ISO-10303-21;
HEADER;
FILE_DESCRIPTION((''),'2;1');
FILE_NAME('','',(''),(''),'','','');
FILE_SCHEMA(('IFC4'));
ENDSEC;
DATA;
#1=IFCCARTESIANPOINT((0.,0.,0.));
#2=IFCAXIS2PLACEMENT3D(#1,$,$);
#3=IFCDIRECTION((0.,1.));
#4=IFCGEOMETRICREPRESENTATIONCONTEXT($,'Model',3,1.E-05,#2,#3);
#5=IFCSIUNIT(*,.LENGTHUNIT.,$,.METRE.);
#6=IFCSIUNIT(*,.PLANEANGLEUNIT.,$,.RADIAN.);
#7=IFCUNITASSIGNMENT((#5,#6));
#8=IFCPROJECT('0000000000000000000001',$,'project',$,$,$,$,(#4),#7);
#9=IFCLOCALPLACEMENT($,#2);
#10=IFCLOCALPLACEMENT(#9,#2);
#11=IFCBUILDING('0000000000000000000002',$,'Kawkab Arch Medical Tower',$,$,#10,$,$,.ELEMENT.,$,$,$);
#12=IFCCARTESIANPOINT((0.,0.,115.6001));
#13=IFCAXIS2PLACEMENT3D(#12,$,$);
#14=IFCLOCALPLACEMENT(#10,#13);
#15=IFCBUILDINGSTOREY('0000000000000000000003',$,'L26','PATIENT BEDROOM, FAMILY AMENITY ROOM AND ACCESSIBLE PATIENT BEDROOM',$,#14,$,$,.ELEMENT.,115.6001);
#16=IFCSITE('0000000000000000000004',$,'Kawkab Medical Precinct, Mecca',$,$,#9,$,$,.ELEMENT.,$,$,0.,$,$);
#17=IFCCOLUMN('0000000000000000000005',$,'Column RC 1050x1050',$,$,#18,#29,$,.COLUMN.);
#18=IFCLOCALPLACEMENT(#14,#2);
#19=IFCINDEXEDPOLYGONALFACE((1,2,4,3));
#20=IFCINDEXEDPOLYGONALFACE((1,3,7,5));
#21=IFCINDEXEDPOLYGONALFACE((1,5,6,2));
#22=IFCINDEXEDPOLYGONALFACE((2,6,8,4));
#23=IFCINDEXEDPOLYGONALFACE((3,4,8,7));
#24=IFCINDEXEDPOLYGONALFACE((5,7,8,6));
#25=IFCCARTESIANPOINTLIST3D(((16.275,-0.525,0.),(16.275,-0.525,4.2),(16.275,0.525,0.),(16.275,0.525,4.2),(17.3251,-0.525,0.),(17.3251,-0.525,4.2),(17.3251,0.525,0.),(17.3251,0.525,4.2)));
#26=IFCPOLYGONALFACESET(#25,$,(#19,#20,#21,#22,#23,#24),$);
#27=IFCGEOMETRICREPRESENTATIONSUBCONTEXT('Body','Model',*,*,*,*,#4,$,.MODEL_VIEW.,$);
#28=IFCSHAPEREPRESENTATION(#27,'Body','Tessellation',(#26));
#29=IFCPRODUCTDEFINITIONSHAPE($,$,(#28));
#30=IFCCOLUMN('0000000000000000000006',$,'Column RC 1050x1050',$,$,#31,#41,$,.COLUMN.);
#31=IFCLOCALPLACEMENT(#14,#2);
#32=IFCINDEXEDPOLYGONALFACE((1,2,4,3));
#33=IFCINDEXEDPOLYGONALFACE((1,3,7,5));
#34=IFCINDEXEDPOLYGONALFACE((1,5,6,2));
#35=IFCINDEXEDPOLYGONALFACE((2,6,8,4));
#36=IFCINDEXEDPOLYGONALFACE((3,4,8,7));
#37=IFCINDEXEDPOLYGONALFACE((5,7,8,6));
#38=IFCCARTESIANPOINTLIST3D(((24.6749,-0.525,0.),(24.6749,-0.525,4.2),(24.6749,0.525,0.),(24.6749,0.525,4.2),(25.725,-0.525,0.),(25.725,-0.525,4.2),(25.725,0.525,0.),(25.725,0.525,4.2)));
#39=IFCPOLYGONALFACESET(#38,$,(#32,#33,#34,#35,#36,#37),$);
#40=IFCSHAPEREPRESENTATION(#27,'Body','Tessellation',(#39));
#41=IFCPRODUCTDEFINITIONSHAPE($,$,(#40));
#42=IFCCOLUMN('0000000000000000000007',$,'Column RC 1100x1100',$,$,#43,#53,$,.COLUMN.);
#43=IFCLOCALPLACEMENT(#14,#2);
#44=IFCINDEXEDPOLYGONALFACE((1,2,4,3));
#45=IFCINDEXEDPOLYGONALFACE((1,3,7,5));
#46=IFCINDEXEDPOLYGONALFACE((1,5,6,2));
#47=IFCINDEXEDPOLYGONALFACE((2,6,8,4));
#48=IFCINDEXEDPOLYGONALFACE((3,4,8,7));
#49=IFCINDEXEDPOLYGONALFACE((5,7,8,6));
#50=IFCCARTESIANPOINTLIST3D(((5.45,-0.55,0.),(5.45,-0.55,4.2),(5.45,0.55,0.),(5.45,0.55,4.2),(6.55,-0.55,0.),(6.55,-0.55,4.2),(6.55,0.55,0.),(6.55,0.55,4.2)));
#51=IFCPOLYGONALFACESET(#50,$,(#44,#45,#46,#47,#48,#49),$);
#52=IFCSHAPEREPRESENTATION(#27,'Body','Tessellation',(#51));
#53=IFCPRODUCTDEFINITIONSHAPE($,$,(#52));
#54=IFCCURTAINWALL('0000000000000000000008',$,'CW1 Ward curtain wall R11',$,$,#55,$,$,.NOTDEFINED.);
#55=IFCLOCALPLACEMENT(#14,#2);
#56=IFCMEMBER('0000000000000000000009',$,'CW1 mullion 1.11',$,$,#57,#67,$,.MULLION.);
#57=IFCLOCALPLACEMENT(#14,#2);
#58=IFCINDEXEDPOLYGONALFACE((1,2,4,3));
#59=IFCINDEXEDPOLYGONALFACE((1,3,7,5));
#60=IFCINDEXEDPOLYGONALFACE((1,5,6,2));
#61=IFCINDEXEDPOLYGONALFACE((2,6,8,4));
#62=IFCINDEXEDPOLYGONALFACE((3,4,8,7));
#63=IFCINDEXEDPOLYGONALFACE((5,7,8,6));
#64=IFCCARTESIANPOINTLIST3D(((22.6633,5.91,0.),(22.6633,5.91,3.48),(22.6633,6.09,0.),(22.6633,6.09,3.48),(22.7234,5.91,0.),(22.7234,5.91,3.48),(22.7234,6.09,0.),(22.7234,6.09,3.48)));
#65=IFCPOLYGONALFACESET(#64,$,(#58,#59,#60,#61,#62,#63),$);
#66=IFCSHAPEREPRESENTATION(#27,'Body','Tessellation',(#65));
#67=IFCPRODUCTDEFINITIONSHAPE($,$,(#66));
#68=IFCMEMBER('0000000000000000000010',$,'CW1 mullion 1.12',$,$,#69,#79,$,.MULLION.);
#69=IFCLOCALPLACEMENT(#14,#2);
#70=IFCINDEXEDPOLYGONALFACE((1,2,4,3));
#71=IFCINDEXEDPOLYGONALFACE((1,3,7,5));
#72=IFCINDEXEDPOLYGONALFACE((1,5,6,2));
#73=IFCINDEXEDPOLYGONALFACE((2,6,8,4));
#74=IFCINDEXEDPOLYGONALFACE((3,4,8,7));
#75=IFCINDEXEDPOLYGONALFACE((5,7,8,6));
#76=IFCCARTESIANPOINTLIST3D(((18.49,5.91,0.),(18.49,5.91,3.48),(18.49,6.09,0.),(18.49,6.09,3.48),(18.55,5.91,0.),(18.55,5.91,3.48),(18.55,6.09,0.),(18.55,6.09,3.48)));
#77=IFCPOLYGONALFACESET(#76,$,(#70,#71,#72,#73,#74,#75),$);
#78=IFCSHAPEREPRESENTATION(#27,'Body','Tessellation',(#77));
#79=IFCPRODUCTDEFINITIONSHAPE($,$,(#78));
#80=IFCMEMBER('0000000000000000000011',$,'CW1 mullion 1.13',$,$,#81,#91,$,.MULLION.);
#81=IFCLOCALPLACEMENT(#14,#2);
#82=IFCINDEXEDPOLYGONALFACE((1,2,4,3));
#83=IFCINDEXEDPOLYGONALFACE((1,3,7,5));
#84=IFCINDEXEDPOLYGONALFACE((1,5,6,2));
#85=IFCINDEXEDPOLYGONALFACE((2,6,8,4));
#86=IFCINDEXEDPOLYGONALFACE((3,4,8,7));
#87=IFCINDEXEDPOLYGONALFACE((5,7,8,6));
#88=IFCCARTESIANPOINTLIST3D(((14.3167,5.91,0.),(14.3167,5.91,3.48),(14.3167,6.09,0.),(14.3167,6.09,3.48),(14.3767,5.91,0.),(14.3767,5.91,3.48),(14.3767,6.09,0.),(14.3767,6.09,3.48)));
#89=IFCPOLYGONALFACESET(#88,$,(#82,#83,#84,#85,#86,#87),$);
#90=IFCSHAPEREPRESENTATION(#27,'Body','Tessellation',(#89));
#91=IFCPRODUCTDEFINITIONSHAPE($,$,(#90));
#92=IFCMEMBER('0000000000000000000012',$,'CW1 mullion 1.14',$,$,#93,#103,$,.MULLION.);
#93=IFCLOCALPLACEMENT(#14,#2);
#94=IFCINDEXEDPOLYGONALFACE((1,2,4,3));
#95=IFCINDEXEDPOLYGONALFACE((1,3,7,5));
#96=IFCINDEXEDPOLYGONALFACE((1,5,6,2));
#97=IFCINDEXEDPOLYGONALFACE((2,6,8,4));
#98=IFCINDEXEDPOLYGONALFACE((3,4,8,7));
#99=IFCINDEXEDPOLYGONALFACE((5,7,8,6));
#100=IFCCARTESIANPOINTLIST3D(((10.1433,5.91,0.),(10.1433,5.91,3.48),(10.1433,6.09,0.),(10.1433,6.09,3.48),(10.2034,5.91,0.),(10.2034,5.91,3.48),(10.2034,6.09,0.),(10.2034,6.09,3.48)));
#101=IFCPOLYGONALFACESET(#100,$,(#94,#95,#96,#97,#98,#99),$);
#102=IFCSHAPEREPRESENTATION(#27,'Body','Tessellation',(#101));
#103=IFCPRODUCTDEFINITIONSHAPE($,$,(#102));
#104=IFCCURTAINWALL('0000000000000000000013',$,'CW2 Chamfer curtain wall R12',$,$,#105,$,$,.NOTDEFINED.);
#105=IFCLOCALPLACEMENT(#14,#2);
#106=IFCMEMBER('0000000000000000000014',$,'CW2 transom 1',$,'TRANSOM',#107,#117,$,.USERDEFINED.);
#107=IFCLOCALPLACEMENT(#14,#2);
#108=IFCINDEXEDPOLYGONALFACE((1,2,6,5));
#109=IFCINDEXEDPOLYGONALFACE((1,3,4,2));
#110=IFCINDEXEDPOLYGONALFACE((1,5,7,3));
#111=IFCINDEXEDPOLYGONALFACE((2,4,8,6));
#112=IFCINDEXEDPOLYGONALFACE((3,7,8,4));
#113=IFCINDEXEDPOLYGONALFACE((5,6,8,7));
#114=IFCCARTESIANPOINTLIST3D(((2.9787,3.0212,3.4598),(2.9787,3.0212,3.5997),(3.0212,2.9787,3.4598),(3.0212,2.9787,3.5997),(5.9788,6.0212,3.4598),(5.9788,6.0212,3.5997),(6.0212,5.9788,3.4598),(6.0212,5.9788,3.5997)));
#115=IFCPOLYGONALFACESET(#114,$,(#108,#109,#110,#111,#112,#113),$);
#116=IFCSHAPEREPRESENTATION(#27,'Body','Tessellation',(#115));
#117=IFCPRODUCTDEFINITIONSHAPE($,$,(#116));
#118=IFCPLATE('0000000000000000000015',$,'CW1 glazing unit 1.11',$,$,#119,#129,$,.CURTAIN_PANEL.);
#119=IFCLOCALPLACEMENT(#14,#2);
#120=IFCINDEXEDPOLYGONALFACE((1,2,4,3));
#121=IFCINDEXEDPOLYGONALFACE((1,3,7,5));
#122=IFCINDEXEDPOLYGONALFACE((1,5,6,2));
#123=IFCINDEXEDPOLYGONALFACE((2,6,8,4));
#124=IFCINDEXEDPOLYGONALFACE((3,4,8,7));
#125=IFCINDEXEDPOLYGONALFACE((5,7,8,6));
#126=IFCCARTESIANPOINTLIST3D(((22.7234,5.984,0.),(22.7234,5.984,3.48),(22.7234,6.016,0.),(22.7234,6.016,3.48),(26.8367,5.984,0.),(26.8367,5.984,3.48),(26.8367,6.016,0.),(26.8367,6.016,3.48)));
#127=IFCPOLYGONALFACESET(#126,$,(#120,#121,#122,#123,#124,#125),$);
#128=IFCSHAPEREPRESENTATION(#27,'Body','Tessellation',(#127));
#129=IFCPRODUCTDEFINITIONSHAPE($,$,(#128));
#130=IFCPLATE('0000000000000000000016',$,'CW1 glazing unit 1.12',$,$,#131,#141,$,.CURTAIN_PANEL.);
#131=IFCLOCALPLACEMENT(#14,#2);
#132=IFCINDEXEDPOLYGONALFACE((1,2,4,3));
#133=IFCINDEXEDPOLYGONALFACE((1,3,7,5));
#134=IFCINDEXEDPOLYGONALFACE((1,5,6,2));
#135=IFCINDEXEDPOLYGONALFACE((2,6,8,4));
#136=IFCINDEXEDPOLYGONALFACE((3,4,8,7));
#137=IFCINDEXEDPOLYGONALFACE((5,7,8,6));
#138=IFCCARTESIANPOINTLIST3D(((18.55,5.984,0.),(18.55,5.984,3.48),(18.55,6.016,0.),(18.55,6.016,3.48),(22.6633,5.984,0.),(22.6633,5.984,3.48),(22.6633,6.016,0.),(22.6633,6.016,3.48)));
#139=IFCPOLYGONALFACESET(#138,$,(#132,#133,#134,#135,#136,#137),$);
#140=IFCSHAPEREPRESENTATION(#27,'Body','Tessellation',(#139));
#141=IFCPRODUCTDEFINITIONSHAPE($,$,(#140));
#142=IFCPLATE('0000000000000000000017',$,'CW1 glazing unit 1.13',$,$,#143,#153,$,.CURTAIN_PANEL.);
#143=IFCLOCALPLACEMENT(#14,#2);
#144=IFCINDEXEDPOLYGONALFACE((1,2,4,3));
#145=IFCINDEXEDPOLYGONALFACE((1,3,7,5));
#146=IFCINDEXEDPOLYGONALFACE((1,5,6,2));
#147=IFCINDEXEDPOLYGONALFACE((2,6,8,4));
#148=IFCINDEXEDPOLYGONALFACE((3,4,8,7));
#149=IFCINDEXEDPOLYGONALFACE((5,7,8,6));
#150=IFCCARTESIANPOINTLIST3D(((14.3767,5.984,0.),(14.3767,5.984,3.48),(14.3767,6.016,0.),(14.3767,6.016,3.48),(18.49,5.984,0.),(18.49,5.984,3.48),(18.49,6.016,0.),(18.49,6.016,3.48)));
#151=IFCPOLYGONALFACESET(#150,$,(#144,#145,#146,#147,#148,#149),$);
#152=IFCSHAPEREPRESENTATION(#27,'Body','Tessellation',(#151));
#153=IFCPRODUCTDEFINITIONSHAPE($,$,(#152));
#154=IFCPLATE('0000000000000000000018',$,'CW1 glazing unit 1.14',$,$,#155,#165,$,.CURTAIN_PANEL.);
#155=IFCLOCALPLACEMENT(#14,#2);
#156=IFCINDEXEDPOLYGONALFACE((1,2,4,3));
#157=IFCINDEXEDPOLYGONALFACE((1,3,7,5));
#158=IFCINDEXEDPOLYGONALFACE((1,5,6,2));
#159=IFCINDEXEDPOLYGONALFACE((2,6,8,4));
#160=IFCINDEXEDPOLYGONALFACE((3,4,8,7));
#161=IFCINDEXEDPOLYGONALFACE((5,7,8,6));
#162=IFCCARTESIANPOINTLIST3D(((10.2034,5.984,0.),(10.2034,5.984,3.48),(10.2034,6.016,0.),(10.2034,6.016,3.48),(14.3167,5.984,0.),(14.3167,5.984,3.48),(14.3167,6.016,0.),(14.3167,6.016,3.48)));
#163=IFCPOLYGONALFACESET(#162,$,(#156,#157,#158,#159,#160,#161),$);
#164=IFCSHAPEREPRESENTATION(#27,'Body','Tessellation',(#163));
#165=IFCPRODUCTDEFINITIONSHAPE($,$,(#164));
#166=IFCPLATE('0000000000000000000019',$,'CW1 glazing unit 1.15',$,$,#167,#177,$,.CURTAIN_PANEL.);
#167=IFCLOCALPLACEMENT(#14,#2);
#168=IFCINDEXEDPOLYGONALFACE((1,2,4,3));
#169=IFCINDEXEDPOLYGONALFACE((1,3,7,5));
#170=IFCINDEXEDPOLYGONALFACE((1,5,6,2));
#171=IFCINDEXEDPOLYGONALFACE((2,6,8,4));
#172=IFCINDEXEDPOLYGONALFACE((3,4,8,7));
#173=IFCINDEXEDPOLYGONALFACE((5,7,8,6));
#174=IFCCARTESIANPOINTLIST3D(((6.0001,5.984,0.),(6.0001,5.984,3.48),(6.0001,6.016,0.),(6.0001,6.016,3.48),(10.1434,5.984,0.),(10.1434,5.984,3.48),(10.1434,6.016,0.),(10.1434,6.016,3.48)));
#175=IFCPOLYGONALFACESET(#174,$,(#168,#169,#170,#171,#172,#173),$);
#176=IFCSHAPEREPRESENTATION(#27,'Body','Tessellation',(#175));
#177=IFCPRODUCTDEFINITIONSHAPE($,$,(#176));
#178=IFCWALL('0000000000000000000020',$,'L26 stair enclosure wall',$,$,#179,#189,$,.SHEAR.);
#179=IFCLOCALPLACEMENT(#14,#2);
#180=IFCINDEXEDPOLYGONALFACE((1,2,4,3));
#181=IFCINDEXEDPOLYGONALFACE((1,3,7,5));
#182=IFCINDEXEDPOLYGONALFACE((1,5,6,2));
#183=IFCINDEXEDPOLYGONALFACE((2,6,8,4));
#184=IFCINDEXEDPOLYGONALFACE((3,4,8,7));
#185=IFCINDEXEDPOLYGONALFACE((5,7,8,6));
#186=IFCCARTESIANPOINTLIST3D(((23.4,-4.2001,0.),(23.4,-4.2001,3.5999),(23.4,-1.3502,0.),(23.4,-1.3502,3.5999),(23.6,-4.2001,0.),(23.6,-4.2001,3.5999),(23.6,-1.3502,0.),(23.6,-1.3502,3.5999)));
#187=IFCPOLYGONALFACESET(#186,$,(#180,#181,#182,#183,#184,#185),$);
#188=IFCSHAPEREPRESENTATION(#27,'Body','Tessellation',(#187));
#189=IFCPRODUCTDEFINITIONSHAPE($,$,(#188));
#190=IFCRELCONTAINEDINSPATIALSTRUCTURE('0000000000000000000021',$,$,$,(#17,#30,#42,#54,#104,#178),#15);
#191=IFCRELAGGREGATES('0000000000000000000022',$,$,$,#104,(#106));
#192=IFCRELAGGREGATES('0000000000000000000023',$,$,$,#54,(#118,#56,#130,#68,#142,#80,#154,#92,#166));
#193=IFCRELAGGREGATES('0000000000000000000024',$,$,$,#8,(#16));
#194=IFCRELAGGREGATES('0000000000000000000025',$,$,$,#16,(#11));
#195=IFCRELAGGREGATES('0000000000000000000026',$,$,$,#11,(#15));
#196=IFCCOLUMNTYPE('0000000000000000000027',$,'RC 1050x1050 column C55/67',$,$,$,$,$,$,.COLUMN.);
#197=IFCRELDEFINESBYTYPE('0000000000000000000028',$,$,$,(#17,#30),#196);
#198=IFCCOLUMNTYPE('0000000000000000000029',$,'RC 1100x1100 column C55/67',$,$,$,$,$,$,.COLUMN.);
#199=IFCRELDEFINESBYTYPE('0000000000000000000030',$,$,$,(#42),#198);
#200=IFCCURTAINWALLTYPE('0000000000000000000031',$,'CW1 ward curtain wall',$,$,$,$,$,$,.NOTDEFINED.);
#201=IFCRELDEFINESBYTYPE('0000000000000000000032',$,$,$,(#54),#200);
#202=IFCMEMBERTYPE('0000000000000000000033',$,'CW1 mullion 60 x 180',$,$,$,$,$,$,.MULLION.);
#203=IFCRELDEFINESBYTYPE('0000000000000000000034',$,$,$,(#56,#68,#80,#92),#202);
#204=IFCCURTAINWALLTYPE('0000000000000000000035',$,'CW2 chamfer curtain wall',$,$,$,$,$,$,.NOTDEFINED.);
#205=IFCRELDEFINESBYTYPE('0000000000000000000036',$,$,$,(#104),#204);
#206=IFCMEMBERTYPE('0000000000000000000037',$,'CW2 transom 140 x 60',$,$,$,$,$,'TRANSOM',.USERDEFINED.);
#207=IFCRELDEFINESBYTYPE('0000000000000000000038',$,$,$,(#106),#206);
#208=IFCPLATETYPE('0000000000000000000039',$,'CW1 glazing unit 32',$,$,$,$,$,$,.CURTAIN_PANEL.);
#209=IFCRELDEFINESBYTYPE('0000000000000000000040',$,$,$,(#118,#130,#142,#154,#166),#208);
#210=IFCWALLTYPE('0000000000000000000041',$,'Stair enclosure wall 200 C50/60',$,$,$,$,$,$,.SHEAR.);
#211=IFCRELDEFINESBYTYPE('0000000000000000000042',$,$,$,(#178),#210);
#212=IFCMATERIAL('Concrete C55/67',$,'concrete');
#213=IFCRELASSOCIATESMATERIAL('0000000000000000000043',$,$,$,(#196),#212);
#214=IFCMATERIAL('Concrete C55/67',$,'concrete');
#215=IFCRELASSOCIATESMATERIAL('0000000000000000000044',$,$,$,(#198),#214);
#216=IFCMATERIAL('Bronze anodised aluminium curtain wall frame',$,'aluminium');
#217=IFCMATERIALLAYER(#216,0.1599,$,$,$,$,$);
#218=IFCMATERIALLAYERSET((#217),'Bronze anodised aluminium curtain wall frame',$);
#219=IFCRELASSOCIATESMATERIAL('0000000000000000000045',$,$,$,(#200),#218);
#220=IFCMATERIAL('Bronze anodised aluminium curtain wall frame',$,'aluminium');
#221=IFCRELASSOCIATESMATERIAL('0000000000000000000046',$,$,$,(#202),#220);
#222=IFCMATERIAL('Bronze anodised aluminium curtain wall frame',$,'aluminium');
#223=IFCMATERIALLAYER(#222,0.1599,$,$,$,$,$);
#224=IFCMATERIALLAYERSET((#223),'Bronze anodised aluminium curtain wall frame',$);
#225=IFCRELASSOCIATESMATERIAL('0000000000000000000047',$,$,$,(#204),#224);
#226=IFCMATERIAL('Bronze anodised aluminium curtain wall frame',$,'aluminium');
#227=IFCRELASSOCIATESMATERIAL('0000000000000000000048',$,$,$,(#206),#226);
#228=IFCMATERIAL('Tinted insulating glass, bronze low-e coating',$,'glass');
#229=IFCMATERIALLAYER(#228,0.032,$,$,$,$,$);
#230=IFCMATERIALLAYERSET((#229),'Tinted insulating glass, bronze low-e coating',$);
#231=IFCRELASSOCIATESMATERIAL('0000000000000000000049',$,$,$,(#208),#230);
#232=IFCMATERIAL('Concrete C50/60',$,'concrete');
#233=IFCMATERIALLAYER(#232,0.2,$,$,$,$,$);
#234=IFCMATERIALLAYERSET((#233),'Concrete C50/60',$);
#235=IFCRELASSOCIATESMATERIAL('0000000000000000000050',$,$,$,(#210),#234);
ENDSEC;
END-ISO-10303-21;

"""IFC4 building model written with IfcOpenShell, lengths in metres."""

from ifc_helpers import new_model, si_unit, direction, frame, frame_2d, origin, origin_2d, place, context, subcontext, project, spatial, rectangle, extrude, material, layer, layer_set, material_profile, profile_set, type_object, element, aggregate, save


model = new_model("IFC4")

# Units and contexts
model_context = context("Model", 3, precision=1e-05, world=origin(), true_north=direction((0.0, 1.0)))
body_context = subcontext(model_context, "Body", "Model", "MODEL_VIEW")
ifc_project = project(units=[si_unit("LENGTHUNIT", "METRE"), si_unit("PLANEANGLEUNIT", "RADIAN")], contexts=[model_context])

# Site, building, storey
site_placement = place(None, origin())
site = spatial("IfcSite", under=ifc_project, at=site_placement, Name="Kawkab Medical Precinct, Mecca", CompositionType="ELEMENT", RefElevation=0.0)
building_placement = place(site_placement, origin())
building = spatial("IfcBuilding", under=site, at=building_placement, Name="Kawkab Arch Medical Tower", CompositionType="ELEMENT")
storey_placement = place(building_placement, frame((0.0, 0.0, 115.6001)))
storey = spatial("IfcBuildingStorey", under=building, at=storey_placement, Name="L26", Description="PATIENT BEDROOM, FAMILY AMENITY ROOM AND ACCESSIBLE PATIENT BEDROOM", CompositionType="ELEMENT", Elevation=115.6001)

# Columns
ifc_material_1 = material(Name="Concrete C55/67", Category="concrete")
ifc_material_profile_1 = material_profile(ifc_material_1, rectangle(XDim=1.05, YDim=1.05, at=origin_2d()), Name="RC 1050x1050")
ifc_profile_set_1 = profile_set([ifc_material_profile_1], Name="Concrete C55/67")
column_type_1 = type_object("IfcColumnType", Name="RC 1050x1050 column C55/67", PredefinedType="COLUMN", material=ifc_profile_set_1)
for number, where, z_axis, x_axis, name in (
    (1, (16.8, 0.0, 0.0), (0.0, 0.0, 1.0), (1.0, 0.0, 0.0), "Column RC 1050x1050"),
    (2, (25.2, 0.0, 0.0), (0.0, 0.0, 1.0), (1.0, 0.0, 0.0), "Column RC 1050x1050"),
):
    element("IfcColumn", number, at=place(storey_placement, frame(where, z_axis=z_axis, x_axis=x_axis)), inside=storey, type_object=column_type_1, Name=name, PredefinedType="COLUMN", context=body_context, shape_type="SweptSolid", body=[
        extrude(rectangle(XDim=1.05, YDim=1.05, at=origin_2d()), origin(), (0.0, 0.0, 1.0), 4.2),
    ])
ifc_material_2 = material(Name="Concrete C55/67", Category="concrete")
ifc_material_profile_2 = material_profile(ifc_material_2, rectangle(XDim=1.1001, YDim=1.1001, at=origin_2d()), Name="RC 1100x1100")
ifc_profile_set_2 = profile_set([ifc_material_profile_2], Name="Concrete C55/67")
column_type_2 = type_object("IfcColumnType", Name="RC 1100x1100 column C55/67", PredefinedType="COLUMN", material=ifc_profile_set_2)
column_placement = place(storey_placement, frame((6.0, 0.0, 0.0), z_axis=(0.0, 0.0, 1.0), x_axis=(1.0, 0.0, 0.0)))
element("IfcColumn", 3, at=column_placement, inside=storey, type_object=column_type_2, Name="Column RC 1100x1100", PredefinedType="COLUMN", context=body_context, shape_type="SweptSolid", body=[
    extrude(rectangle(XDim=1.1001, YDim=1.1001, at=origin_2d()), origin(), (0.0, 0.0, 1.0), 4.2),
])

# Curtain wall, members
ifc_material_3 = material(Name="Bronze anodised aluminium curtain wall frame", Category="aluminium")
ifc_layer_1 = layer(ifc_material_3, 0.1599)
ifc_layer_set_1 = layer_set([ifc_layer_1], Name="Bronze anodised aluminium curtain wall frame")
curtain_wall_type_1 = type_object("IfcCurtainWallType", Name="CW1 ward curtain wall", PredefinedType="NOTDEFINED", material=ifc_layer_set_1)
placement = place(storey_placement, origin())
curtain_wall_1 = element("IfcCurtainWall", 4, at=placement, inside=storey, type_object=curtain_wall_type_1, Name="CW1 Ward curtain wall R11", PredefinedType="NOTDEFINED")
ifc_material_4 = material(Name="Bronze anodised aluminium curtain wall frame", Category="aluminium")
ifc_material_profile_3 = material_profile(ifc_material_4, rectangle(XDim=0.1799, YDim=0.0601, at=origin_2d()), Name="AL 60x180")
ifc_profile_set_3 = profile_set([ifc_material_profile_3], Name="Bronze anodised aluminium curtain wall frame")
member_type_1 = type_object("IfcMemberType", Name="CW1 mullion 60 x 180", PredefinedType="MULLION", material=ifc_profile_set_3)
member_1_placement = place(storey_placement, frame((22.6934, 6.0, 0.0), z_axis=(0.0, 0.0, 1.0), x_axis=(0.0, -1.0, 0.0)))
member_1 = element("IfcMember", 5, at=member_1_placement, type_object=member_type_1, Name="CW1 mullion 1.11", PredefinedType="MULLION", context=body_context, shape_type="SweptSolid", body=[
    extrude(rectangle(XDim=0.1799, YDim=0.0601, at=origin_2d()), origin(), (0.0, 0.0, 1.0), 3.48),
])
member_2_placement = place(storey_placement, frame((18.52, 6.0, 0.0), z_axis=(0.0, 0.0, 1.0), x_axis=(0.0, -1.0, 0.0)))
member_2 = element("IfcMember", 6, at=member_2_placement, type_object=member_type_1, Name="CW1 mullion 1.12", PredefinedType="MULLION", context=body_context, shape_type="SweptSolid", body=[
    extrude(rectangle(XDim=0.1799, YDim=0.0601, at=origin_2d()), origin(), (0.0, 0.0, 1.0), 3.48),
])
member_3_placement = place(storey_placement, frame((14.3467, 6.0, 0.0), z_axis=(0.0, 0.0, 1.0), x_axis=(0.0, -1.0, 0.0)))
member_3 = element("IfcMember", 7, at=member_3_placement, type_object=member_type_1, Name="CW1 mullion 1.13", PredefinedType="MULLION", context=body_context, shape_type="SweptSolid", body=[
    extrude(rectangle(XDim=0.1799, YDim=0.0601, at=origin_2d()), origin(), (0.0, 0.0, 1.0), 3.48),
])
member_4_placement = place(storey_placement, frame((10.1733, 6.0, 0.0), z_axis=(0.0, 0.0, 1.0), x_axis=(0.0, -1.0, 0.0)))
member_4 = element("IfcMember", 8, at=member_4_placement, type_object=member_type_1, Name="CW1 mullion 1.14", PredefinedType="MULLION", context=body_context, shape_type="SweptSolid", body=[
    extrude(rectangle(XDim=0.1799, YDim=0.0601, at=origin_2d()), origin(), (0.0, 0.0, 1.0), 3.48),
])

# Curtain wall, member
ifc_material_5 = material(Name="Bronze anodised aluminium curtain wall frame", Category="aluminium")
ifc_layer_2 = layer(ifc_material_5, 0.1599)
ifc_layer_set_2 = layer_set([ifc_layer_2], Name="Bronze anodised aluminium curtain wall frame")
curtain_wall_type_2 = type_object("IfcCurtainWallType", Name="CW2 chamfer curtain wall", PredefinedType="NOTDEFINED", material=ifc_layer_set_2)
curtain_wall_2 = element("IfcCurtainWall", 9, at=placement, inside=storey, type_object=curtain_wall_type_2, Name="CW2 Chamfer curtain wall R12", PredefinedType="NOTDEFINED")
ifc_material_6 = material(Name="Bronze anodised aluminium curtain wall frame", Category="aluminium")
ifc_material_profile_4 = material_profile(ifc_material_6, rectangle(XDim=0.0601, YDim=0.1399, at=origin_2d()), Name="AL 60x140")
ifc_profile_set_4 = profile_set([ifc_material_profile_4], Name="Bronze anodised aluminium curtain wall frame")
member_type_2 = type_object("IfcMemberType", Name="CW2 transom 140 x 60", ElementType="TRANSOM", PredefinedType="USERDEFINED", material=ifc_profile_set_4)
member_5_placement = place(storey_placement, frame((6.0, 6.0, 3.5298), z_axis=(-0.707107, -0.707107, 0.0), x_axis=(0.707107, -0.707107, 0.0)))
member_5 = element("IfcMember", 10, at=member_5_placement, type_object=member_type_2, Name="CW2 transom 1", ObjectType="TRANSOM", PredefinedType="USERDEFINED", context=body_context, shape_type="SweptSolid", body=[
    extrude(rectangle(XDim=0.0601, YDim=0.1399, at=origin_2d()), origin(), (0.0, 0.0, 1.0), 4.2427),
])
aggregate(curtain_wall_2, [member_5])

# Plates
ifc_material_7 = material(Name="Tinted insulating glass, bronze low-e coating", Category="glass")
ifc_layer_3 = layer(ifc_material_7, 0.032)
ifc_layer_set_3 = layer_set([ifc_layer_3], Name="Tinted insulating glass, bronze low-e coating")
plate_type = type_object("IfcPlateType", Name="CW1 glazing unit 32", PredefinedType="CURTAIN_PANEL", material=ifc_layer_set_3)
plate_1_placement = place(storey_placement, frame((24.78, 6.0, 0.0), z_axis=(0.0, 0.0, 1.0), x_axis=(-1.0, 0.0, 0.0)))
plate_1 = element("IfcPlate", 11, at=plate_1_placement, type_object=plate_type, Name="CW1 glazing unit 1.11", PredefinedType="CURTAIN_PANEL", context=body_context, shape_type="SweptSolid", body=[
    extrude(rectangle(XDim=4.1133, YDim=0.032, at=origin_2d()), origin(), (0.0, 0.0, 1.0), 3.48),
])
plate_2_placement = place(storey_placement, frame((20.6067, 6.0, 0.0), z_axis=(0.0, 0.0, 1.0), x_axis=(-1.0, 0.0, 0.0)))
plate_2 = element("IfcPlate", 12, at=plate_2_placement, type_object=plate_type, Name="CW1 glazing unit 1.12", PredefinedType="CURTAIN_PANEL", context=body_context, shape_type="SweptSolid", body=[
    extrude(rectangle(XDim=4.1133, YDim=0.032, at=origin_2d()), origin(), (0.0, 0.0, 1.0), 3.48),
])
plate_3_placement = place(storey_placement, frame((16.4333, 6.0, 0.0), z_axis=(0.0, 0.0, 1.0), x_axis=(-1.0, 0.0, 0.0)))
plate_3 = element("IfcPlate", 13, at=plate_3_placement, type_object=plate_type, Name="CW1 glazing unit 1.13", PredefinedType="CURTAIN_PANEL", context=body_context, shape_type="SweptSolid", body=[
    extrude(rectangle(XDim=4.1133, YDim=0.032, at=origin_2d()), origin(), (0.0, 0.0, 1.0), 3.48),
])
plate_4_placement = place(storey_placement, frame((12.26, 6.0, 0.0), z_axis=(0.0, 0.0, 1.0), x_axis=(-1.0, 0.0, 0.0)))
plate_4 = element("IfcPlate", 14, at=plate_4_placement, type_object=plate_type, Name="CW1 glazing unit 1.14", PredefinedType="CURTAIN_PANEL", context=body_context, shape_type="SweptSolid", body=[
    extrude(rectangle(XDim=4.1133, YDim=0.032, at=origin_2d()), origin(), (0.0, 0.0, 1.0), 3.48),
])
plate_5_placement = place(storey_placement, frame((8.0718, 6.0, 0.0), z_axis=(0.0, 0.0, 1.0), x_axis=(-1.0, 0.0, 0.0)))
plate_5 = element("IfcPlate", 15, at=plate_5_placement, type_object=plate_type, Name="CW1 glazing unit 1.15", PredefinedType="CURTAIN_PANEL", context=body_context, shape_type="SweptSolid", body=[
    extrude(rectangle(XDim=4.1433, YDim=0.032, at=origin_2d()), origin(), (0.0, 0.0, 1.0), 3.48),
])
aggregate(curtain_wall_1, [plate_1, member_1, plate_2, member_2, plate_3, member_3, plate_4, member_4, plate_5])

# Wall
ifc_material_8 = material(Name="Concrete C50/60", Category="concrete")
ifc_layer_4 = layer(ifc_material_8, 0.2)
ifc_layer_set_4 = layer_set([ifc_layer_4], Name="Concrete C50/60")
wall_type_1 = type_object("IfcWallType", Name="Stair enclosure wall 200 C50/60", PredefinedType="SHEAR", material=ifc_layer_set_4)
wall_1_placement = place(storey_placement, frame((23.5, -4.2, 0.0), z_axis=(0.0, 0.0, 1.0), x_axis=(0.0, 1.0, 0.0)))
element("IfcWall", 16, at=wall_1_placement, inside=storey, type_object=wall_type_1, Name="L26 stair enclosure wall", PredefinedType="SHEAR", context=body_context, shape_type="SweptSolid", body=[
    extrude(rectangle(XDim=2.8499, YDim=0.2, at=frame_2d((1.4248, 0.0))), origin(), (0.0, 0.0, 1.0), 3.5999),
])

save(model, "model.ifc")
